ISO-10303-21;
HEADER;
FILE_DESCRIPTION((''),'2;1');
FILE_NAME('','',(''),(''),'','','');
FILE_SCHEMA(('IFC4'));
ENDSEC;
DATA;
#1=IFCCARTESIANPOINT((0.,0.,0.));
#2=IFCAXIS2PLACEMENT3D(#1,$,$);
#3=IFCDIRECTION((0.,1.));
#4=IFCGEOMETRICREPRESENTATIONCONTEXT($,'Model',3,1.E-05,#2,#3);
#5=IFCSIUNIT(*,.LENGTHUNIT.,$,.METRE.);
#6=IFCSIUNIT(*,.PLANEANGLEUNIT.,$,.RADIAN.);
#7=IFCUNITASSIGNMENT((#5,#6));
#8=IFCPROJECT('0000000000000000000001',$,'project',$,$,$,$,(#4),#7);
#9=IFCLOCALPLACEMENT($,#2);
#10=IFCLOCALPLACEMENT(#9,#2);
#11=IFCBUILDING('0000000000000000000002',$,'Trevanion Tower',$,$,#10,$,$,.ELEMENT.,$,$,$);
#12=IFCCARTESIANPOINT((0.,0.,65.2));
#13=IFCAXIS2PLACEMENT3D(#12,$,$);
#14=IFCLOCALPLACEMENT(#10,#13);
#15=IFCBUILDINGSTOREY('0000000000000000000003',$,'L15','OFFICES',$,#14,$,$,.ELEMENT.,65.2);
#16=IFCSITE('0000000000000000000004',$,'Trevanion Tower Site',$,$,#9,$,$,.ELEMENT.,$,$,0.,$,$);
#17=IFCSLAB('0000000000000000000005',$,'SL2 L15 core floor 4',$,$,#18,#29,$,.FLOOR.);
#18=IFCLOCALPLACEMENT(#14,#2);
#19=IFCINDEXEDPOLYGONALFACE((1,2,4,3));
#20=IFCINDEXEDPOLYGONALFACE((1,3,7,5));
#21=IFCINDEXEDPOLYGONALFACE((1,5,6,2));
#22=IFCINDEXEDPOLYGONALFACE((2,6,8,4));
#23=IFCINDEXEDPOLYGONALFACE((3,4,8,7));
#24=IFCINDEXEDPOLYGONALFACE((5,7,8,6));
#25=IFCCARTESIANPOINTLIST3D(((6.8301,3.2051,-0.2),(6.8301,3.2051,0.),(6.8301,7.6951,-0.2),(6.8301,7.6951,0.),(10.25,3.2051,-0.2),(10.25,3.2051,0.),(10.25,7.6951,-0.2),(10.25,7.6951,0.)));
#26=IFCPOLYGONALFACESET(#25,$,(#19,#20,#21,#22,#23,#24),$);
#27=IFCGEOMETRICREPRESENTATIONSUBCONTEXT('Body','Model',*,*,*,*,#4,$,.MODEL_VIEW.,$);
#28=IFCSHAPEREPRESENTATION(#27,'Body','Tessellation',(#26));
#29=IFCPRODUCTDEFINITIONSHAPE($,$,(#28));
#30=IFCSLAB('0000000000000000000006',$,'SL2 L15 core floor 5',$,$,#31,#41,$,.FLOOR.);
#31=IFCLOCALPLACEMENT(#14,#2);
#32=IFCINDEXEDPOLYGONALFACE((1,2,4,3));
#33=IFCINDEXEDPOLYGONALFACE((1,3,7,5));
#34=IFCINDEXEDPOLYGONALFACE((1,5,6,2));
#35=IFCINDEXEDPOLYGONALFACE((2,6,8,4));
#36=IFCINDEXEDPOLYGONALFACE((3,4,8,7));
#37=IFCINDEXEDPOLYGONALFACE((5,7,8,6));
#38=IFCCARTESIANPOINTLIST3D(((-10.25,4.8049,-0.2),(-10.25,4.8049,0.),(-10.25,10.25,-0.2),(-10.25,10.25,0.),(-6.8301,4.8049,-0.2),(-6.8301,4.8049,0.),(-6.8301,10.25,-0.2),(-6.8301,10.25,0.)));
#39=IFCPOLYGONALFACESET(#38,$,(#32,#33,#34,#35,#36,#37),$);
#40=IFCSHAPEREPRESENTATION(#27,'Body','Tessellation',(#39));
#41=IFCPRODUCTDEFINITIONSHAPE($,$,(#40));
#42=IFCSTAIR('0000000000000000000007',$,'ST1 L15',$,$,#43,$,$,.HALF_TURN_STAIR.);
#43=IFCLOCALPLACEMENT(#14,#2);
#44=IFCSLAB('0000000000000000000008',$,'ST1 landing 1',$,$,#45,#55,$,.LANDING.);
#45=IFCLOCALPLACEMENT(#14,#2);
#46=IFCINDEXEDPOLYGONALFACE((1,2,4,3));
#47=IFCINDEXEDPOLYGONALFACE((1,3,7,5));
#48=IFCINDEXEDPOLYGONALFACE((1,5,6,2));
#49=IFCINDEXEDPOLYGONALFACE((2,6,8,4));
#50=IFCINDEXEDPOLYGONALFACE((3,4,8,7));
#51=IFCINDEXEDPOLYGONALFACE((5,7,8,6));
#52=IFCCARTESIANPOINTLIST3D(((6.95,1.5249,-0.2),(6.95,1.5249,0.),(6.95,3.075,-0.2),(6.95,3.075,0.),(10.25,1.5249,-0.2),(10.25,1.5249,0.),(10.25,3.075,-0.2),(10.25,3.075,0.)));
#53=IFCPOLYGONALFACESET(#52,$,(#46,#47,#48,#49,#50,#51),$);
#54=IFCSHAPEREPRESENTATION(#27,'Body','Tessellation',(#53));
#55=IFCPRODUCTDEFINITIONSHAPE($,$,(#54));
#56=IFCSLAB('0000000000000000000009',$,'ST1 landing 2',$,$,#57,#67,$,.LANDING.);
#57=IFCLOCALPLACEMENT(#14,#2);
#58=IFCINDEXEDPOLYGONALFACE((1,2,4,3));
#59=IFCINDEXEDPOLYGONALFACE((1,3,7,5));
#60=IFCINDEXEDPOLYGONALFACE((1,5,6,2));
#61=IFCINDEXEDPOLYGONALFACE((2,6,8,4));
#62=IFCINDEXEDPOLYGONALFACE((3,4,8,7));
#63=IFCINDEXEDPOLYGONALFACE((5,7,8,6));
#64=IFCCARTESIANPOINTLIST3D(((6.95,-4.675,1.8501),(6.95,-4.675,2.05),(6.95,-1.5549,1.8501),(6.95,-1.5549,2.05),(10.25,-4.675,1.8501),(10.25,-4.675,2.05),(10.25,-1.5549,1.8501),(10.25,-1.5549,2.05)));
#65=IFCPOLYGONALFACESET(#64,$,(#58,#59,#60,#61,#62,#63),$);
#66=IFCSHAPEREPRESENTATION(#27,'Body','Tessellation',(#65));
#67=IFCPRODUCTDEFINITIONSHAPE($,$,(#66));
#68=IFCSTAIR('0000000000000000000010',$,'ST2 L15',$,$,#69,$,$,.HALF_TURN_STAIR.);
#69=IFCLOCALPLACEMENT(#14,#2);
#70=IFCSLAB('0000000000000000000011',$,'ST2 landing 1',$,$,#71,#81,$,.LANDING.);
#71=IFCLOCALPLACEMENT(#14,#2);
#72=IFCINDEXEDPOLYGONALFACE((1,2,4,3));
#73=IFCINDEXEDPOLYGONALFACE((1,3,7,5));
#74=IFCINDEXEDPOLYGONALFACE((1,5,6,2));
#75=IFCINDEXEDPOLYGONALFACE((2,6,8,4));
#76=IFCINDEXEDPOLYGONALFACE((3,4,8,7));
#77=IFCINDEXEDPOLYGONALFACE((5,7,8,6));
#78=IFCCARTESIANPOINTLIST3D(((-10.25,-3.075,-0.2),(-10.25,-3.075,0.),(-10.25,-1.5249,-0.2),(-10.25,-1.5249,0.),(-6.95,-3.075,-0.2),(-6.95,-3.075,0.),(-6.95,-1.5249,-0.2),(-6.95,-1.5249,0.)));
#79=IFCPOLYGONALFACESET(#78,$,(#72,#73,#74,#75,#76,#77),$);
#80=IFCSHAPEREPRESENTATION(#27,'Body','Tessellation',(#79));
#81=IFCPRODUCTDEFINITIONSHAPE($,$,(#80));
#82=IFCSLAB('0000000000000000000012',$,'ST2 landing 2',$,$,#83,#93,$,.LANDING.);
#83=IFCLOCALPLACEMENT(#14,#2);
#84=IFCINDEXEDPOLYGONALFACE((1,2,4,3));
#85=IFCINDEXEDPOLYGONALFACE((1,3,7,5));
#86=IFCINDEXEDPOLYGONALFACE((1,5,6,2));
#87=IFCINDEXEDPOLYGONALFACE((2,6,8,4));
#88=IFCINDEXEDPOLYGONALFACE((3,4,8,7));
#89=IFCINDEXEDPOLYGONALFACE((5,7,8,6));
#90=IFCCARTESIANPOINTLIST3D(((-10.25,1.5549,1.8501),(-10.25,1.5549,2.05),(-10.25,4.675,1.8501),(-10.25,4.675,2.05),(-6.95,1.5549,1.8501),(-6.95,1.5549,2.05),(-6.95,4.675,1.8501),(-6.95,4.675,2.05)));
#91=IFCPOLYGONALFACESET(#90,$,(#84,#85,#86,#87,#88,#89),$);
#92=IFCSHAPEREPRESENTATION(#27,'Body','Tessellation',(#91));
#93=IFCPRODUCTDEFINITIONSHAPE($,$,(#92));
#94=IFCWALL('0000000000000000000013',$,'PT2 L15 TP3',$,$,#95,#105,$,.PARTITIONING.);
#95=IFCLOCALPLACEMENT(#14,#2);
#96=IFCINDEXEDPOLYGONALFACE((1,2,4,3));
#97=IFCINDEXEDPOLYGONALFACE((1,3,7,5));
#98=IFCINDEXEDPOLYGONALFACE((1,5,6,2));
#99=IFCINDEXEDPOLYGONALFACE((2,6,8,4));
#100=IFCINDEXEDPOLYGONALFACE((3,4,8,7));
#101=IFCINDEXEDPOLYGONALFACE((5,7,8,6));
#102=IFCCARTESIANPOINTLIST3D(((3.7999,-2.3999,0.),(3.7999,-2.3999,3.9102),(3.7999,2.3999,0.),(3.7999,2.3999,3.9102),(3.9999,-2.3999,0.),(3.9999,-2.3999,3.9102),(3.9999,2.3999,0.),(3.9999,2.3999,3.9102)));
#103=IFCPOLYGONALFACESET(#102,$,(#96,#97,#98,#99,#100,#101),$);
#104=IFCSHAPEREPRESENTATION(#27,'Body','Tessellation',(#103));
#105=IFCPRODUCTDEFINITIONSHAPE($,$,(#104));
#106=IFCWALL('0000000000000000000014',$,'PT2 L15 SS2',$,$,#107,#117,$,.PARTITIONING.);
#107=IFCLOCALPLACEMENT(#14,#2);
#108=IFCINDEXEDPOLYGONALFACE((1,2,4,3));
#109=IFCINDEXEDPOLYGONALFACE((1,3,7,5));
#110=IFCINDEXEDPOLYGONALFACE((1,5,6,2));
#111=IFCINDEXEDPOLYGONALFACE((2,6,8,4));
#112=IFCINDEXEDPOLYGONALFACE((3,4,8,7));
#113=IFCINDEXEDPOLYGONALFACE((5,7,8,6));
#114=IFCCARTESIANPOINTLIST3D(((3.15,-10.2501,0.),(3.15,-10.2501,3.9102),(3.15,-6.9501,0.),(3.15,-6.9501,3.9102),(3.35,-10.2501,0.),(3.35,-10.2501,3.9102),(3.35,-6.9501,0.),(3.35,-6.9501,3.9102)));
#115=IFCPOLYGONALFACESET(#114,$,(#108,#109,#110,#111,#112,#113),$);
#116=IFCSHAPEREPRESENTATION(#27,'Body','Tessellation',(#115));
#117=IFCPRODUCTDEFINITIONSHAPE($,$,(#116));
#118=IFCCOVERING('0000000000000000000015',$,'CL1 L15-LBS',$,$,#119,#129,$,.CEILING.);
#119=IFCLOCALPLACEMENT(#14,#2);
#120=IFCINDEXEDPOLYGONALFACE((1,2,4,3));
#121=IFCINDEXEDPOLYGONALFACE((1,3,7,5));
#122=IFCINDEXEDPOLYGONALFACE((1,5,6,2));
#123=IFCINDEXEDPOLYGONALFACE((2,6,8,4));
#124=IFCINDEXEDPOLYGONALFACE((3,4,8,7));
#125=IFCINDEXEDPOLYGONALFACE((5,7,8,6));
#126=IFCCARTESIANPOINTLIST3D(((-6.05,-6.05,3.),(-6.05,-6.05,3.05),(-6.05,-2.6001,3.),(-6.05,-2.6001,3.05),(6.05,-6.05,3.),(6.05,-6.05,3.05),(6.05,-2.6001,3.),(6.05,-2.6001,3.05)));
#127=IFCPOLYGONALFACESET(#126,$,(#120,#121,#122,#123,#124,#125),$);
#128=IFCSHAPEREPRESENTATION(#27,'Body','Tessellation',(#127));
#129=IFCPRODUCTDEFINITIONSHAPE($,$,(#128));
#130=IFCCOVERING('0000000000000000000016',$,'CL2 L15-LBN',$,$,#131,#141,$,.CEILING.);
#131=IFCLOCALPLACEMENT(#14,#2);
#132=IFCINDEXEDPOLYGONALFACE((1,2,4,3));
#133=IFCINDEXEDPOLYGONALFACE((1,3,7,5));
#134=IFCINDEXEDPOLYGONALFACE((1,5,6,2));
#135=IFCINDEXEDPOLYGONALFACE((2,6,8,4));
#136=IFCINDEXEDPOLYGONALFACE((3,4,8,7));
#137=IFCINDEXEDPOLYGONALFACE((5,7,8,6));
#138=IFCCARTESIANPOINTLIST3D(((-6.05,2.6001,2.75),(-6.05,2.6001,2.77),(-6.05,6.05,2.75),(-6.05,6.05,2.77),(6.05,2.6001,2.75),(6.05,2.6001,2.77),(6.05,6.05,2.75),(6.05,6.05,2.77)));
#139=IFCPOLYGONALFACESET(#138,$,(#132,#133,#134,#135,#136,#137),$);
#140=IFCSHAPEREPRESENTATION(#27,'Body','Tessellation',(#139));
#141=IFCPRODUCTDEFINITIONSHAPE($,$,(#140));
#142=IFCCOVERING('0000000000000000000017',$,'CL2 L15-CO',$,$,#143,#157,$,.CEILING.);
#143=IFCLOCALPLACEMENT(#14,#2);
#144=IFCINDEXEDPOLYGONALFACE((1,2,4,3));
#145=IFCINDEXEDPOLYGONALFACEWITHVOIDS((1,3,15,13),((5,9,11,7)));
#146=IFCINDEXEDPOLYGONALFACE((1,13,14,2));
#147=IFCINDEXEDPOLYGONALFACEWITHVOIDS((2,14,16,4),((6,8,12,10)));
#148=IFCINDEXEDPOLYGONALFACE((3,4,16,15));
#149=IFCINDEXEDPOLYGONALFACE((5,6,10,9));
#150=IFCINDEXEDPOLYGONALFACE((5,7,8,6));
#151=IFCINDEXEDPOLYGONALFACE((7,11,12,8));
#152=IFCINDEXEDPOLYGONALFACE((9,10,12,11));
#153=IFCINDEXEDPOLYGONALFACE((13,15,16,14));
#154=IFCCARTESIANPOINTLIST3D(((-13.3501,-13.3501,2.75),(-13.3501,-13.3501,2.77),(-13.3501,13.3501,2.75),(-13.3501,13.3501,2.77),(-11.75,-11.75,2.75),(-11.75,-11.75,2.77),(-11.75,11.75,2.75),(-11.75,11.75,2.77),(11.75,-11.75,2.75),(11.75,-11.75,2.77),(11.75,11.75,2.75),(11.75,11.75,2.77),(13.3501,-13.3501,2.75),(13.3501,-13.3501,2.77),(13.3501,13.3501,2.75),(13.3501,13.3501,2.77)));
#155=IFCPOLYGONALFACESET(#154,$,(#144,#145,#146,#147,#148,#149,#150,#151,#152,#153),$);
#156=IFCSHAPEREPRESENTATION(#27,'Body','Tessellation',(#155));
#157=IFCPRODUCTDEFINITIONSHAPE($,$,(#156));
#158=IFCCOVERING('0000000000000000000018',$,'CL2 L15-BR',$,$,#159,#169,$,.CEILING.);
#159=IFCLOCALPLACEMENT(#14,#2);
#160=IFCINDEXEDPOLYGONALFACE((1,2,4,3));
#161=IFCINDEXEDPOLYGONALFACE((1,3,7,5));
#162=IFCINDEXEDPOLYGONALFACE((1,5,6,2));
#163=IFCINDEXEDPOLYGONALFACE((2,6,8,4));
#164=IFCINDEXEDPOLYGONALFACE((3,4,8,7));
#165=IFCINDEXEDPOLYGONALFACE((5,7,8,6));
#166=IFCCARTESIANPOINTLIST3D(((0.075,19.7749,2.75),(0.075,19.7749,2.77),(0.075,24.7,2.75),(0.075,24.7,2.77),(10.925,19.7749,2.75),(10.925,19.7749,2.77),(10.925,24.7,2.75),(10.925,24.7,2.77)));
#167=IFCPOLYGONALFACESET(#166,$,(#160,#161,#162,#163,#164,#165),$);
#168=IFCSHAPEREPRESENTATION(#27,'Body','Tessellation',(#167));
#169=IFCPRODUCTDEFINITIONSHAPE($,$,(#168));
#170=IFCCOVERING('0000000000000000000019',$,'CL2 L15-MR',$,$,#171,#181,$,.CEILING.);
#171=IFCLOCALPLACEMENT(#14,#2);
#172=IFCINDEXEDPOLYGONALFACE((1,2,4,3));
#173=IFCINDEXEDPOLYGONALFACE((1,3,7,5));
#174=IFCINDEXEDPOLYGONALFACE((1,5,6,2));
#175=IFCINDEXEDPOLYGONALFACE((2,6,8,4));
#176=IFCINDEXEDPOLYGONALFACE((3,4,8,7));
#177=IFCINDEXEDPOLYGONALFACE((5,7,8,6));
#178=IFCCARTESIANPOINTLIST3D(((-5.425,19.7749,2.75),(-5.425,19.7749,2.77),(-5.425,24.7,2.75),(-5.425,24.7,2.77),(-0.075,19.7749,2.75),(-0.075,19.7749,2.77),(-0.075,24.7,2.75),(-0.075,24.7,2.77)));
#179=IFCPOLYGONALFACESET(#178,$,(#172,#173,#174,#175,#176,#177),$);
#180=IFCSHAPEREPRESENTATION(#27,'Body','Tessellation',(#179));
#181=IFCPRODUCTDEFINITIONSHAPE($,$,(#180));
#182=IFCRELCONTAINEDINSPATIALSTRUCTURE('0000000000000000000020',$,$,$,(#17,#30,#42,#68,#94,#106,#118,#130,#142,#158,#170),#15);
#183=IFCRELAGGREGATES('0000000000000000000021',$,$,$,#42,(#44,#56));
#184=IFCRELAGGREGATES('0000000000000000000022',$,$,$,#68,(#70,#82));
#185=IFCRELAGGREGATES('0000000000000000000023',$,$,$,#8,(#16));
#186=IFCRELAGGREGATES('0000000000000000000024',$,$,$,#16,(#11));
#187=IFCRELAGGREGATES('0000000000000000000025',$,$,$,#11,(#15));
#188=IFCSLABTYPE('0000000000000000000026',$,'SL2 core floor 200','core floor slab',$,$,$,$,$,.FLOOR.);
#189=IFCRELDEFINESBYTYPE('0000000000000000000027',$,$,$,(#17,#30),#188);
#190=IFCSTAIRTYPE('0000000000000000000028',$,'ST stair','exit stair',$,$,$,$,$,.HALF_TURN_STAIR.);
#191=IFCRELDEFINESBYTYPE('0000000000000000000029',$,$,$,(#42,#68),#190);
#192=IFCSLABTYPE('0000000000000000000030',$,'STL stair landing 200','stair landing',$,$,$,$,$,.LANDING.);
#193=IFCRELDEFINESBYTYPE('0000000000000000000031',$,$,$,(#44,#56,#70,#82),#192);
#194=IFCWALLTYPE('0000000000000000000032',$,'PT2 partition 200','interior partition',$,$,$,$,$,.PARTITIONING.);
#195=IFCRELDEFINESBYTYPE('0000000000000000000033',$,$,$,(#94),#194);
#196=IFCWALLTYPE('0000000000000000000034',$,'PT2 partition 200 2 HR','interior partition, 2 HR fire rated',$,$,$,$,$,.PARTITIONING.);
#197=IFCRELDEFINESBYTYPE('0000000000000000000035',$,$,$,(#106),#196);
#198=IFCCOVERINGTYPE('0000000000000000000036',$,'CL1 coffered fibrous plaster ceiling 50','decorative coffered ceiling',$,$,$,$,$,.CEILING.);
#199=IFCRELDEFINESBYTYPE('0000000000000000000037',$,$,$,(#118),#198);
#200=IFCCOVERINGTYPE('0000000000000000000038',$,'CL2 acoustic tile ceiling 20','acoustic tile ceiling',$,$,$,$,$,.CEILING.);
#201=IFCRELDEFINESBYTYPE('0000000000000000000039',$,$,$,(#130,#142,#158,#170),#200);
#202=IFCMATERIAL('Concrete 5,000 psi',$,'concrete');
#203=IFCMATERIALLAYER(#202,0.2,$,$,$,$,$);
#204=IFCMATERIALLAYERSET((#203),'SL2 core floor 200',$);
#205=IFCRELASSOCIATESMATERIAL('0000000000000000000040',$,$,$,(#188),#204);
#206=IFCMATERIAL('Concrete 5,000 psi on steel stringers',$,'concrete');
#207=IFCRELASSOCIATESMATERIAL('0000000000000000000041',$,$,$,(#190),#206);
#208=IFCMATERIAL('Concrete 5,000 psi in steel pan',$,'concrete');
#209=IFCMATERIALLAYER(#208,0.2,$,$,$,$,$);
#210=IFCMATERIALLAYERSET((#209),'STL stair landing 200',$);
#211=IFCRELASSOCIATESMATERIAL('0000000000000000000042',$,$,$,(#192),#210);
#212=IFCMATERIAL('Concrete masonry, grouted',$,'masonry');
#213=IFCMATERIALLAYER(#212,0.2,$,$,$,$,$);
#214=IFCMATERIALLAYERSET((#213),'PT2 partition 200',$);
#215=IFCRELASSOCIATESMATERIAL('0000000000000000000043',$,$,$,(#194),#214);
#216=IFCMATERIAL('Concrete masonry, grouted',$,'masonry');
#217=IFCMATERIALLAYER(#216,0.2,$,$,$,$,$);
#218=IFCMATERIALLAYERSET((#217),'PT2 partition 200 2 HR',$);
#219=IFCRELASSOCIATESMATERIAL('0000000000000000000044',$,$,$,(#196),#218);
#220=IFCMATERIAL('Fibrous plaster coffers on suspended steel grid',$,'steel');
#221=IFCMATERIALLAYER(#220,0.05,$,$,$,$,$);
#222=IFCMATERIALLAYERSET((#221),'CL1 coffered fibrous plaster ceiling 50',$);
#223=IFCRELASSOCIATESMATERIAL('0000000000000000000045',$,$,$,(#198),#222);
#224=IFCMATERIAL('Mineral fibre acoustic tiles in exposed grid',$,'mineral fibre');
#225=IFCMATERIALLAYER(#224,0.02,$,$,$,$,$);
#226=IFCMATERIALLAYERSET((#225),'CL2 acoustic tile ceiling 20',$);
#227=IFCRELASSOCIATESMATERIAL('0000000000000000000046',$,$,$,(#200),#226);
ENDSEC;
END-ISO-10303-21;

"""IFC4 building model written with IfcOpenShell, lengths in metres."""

from ifc_helpers import new_model, si_unit, direction, frame, frame_2d, origin, place, context, subcontext, project, spatial, polyline, rectangle, outline, extrude, material, layer, layer_set, type_object, element, aggregate, save


model = new_model("IFC4")

# Units and contexts
model_context = context("Model", 3, precision=1e-05, world=origin(), true_north=direction((0.0, 1.0)))
body_context = subcontext(model_context, "Body", "Model", "MODEL_VIEW")
ifc_project = project(units=[si_unit("LENGTHUNIT", "METRE"), si_unit("PLANEANGLEUNIT", "RADIAN")], contexts=[model_context])

# Site, building, storey
site_placement = place(None, origin())
site = spatial("IfcSite", under=ifc_project, at=site_placement, Name="Trevanion Tower Site", CompositionType="ELEMENT", RefElevation=0.0)
building_placement = place(site_placement, origin())
building = spatial("IfcBuilding", under=site, at=building_placement, Name="Trevanion Tower", CompositionType="ELEMENT")
storey_placement = place(building_placement, frame((0.0, 0.0, 65.2)))
storey = spatial("IfcBuildingStorey", under=building, at=storey_placement, Name="L15", Description="OFFICES", CompositionType="ELEMENT", Elevation=65.2)

# Slabs
ifc_material_1 = material(Name="Concrete 5,000 psi", Category="concrete")
ifc_layer_1 = layer(ifc_material_1, 0.2)
ifc_layer_set_1 = layer_set([ifc_layer_1], Name="SL2 core floor 200")
slab_type_1 = type_object("IfcSlabType", Name="SL2 core floor 200", Description="core floor slab", PredefinedType="FLOOR", material=ifc_layer_set_1)
slab_1_placement = place(storey_placement, frame((0.0, 0.0, -0.2)))
element("IfcSlab", 1, at=slab_1_placement, inside=storey, type_object=slab_type_1, Name="SL2 L15 core floor 4", PredefinedType="FLOOR", context=body_context, shape_type="SweptSolid", body=[
    extrude(outline(polyline([(6.8301, 3.2051), (6.8301, 7.6951), (10.25, 7.6951), (10.25, 3.2051), (6.8301, 3.2051)])), origin(), (0.0, 0.0, 1.0), 0.2),
])
slab_2_placement = place(storey_placement, frame((0.0, 0.0, -0.2)))
element("IfcSlab", 2, at=slab_2_placement, inside=storey, type_object=slab_type_1, Name="SL2 L15 core floor 5", PredefinedType="FLOOR", context=body_context, shape_type="SweptSolid", body=[
    extrude(outline(polyline([(-6.8301, 4.8049), (-10.25, 4.8049), (-10.25, 10.25), (-6.8301, 10.25), (-6.8301, 4.8049)])), origin(), (0.0, 0.0, 1.0), 0.2),
])

# Stairs, slabs
ifc_material_2 = material(Name="Concrete 5,000 psi on steel stringers", Category="concrete")
stair_type = type_object("IfcStairType", Name="ST stair", Description="exit stair", PredefinedType="HALF_TURN_STAIR", material=ifc_material_2)
stair_1_placement = place(storey_placement, origin())
stair_1 = element("IfcStair", 3, at=stair_1_placement, inside=storey, type_object=stair_type, Name="ST1 L15", PredefinedType="HALF_TURN_STAIR")
ifc_material_3 = material(Name="Concrete 5,000 psi in steel pan", Category="concrete")
ifc_layer_2 = layer(ifc_material_3, 0.2)
ifc_layer_set_2 = layer_set([ifc_layer_2], Name="STL stair landing 200")
slab_type_2 = type_object("IfcSlabType", Name="STL stair landing 200", Description="stair landing", PredefinedType="LANDING", material=ifc_layer_set_2)
slab_3_placement = place(storey_placement, frame((0.0, 0.0, -0.2)))
slab_3 = element("IfcSlab", 4, at=slab_3_placement, type_object=slab_type_2, Name="ST1 landing 1", PredefinedType="LANDING", context=body_context, shape_type="SweptSolid", body=[
    extrude(outline(polyline([(6.95, 1.5249), (10.25, 1.5249), (10.25, 3.075), (6.95, 3.075), (6.95, 1.5249)])), origin(), (0.0, 0.0, 1.0), 0.2),
])
slab_4_placement = place(storey_placement, frame((0.0, 0.0, 1.8501)))
slab_4 = element("IfcSlab", 5, at=slab_4_placement, type_object=slab_type_2, Name="ST1 landing 2", PredefinedType="LANDING", context=body_context, shape_type="SweptSolid", body=[
    extrude(outline(polyline([(6.95, -4.675), (10.25, -4.675), (10.25, -1.5549), (6.95, -1.5549), (6.95, -4.675)])), origin(), (0.0, 0.0, 1.0), 0.2),
])
aggregate(stair_1, [slab_3, slab_4])
stair_2_placement = place(storey_placement, origin())
stair_2 = element("IfcStair", 6, at=stair_2_placement, inside=storey, type_object=stair_type, Name="ST2 L15", PredefinedType="HALF_TURN_STAIR")
slab_5_placement = place(storey_placement, frame((0.0, 0.0, -0.2)))
slab_5 = element("IfcSlab", 7, at=slab_5_placement, type_object=slab_type_2, Name="ST2 landing 1", PredefinedType="LANDING", context=body_context, shape_type="SweptSolid", body=[
    extrude(outline(polyline([(-6.95, -1.5249), (-10.25, -1.5249), (-10.25, -3.075), (-6.95, -3.075), (-6.95, -1.5249)])), origin(), (0.0, 0.0, 1.0), 0.2),
])
slab_6_placement = place(storey_placement, frame((0.0, 0.0, 1.8501)))
slab_6 = element("IfcSlab", 8, at=slab_6_placement, type_object=slab_type_2, Name="ST2 landing 2", PredefinedType="LANDING", context=body_context, shape_type="SweptSolid", body=[
    extrude(outline(polyline([(-6.95, 4.675), (-10.25, 4.675), (-10.25, 1.5549), (-6.95, 1.5549), (-6.95, 4.675)])), origin(), (0.0, 0.0, 1.0), 0.2),
])
aggregate(stair_2, [slab_5, slab_6])

# Walls
ifc_material_4 = material(Name="Concrete masonry, grouted", Category="masonry")
ifc_layer_3 = layer(ifc_material_4, 0.2)
ifc_layer_set_3 = layer_set([ifc_layer_3], Name="PT2 partition 200")
wall_type_1 = type_object("IfcWallType", Name="PT2 partition 200", Description="interior partition", PredefinedType="PARTITIONING", material=ifc_layer_set_3)
wall_1_placement = place(storey_placement, frame((3.8999, -2.3999, 0.0), z_axis=(0.0, 0.0, 1.0), x_axis=(0.0, 1.0, 0.0)))
element("IfcWall", 9, at=wall_1_placement, inside=storey, type_object=wall_type_1, Name="PT2 L15 TP3", PredefinedType="PARTITIONING", context=body_context, shape_type="SweptSolid", body=[
    extrude(rectangle(XDim=4.7998, YDim=0.2, at=frame_2d((2.3999, 0.0))), origin(), (0.0, 0.0, 1.0), 3.9102),
])
ifc_material_5 = material(Name="Concrete masonry, grouted", Category="masonry")
ifc_layer_4 = layer(ifc_material_5, 0.2)
ifc_layer_set_4 = layer_set([ifc_layer_4], Name="PT2 partition 200 2 HR")
wall_type_2 = type_object("IfcWallType", Name="PT2 partition 200 2 HR", Description="interior partition, 2 HR fire rated", PredefinedType="PARTITIONING", material=ifc_layer_set_4)
wall_2_placement = place(storey_placement, frame((3.25, -10.25, 0.0), z_axis=(0.0, 0.0, 1.0), x_axis=(0.0, 1.0, 0.0)))
element("IfcWall", 10, at=wall_2_placement, inside=storey, type_object=wall_type_2, Name="PT2 L15 SS2", PredefinedType="PARTITIONING", context=body_context, shape_type="SweptSolid", body=[
    extrude(rectangle(XDim=3.3, YDim=0.2, at=frame_2d((1.6499, 0.0))), origin(), (0.0, 0.0, 1.0), 3.9102),
])

# Coverings
ifc_material_6 = material(Name="Fibrous plaster coffers on suspended steel grid", Category="steel")
ifc_layer_5 = layer(ifc_material_6, 0.05)
ifc_layer_set_5 = layer_set([ifc_layer_5], Name="CL1 coffered fibrous plaster ceiling 50")
covering_type_1 = type_object("IfcCoveringType", Name="CL1 coffered fibrous plaster ceiling 50", Description="decorative coffered ceiling", PredefinedType="CEILING", material=ifc_layer_set_5)
covering_1_placement = place(storey_placement, frame((0.0, 0.0, 3.0)))
element("IfcCovering", 11, at=covering_1_placement, inside=storey, type_object=covering_type_1, Name="CL1 L15-LBS", PredefinedType="CEILING", context=body_context, shape_type="SweptSolid", body=[
    extrude(outline(polyline([(6.05, -6.05), (6.05, -2.6001), (-6.05, -2.6001), (-6.05, -6.05), (6.05, -6.05)])), origin(), (0.0, 0.0, 1.0), 0.05),
])
ifc_material_7 = material(Name="Mineral fibre acoustic tiles in exposed grid", Category="mineral fibre")
ifc_layer_6 = layer(ifc_material_7, 0.02)
ifc_layer_set_6 = layer_set([ifc_layer_6], Name="CL2 acoustic tile ceiling 20")
covering_type_2 = type_object("IfcCoveringType", Name="CL2 acoustic tile ceiling 20", Description="acoustic tile ceiling", PredefinedType="CEILING", material=ifc_layer_set_6)
covering_2_placement = place(storey_placement, frame((0.0, 0.0, 2.75)))
element("IfcCovering", 12, at=covering_2_placement, inside=storey, type_object=covering_type_2, Name="CL2 L15-LBN", PredefinedType="CEILING", context=body_context, shape_type="SweptSolid", body=[
    extrude(outline(polyline([(6.05, 2.6001), (6.05, 6.05), (-6.05, 6.05), (-6.05, 2.6001), (6.05, 2.6001)])), origin(), (0.0, 0.0, 1.0), 0.02),
])
covering_3_placement = place(storey_placement, frame((0.0, 0.0, 2.75)))
element("IfcCovering", 13, at=covering_3_placement, inside=storey, type_object=covering_type_2, Name="CL2 L15-CO", PredefinedType="CEILING", context=body_context, shape_type="SweptSolid", body=[
    extrude(outline(polyline([(-13.3501, 13.3501), (13.3501, 13.3501), (13.3501, -13.3501), (-13.3501, -13.3501), (-13.3501, 13.3501)]), holes=[polyline([(-11.75, 11.75), (-11.75, -11.75), (11.75, -11.75), (11.75, 11.75), (-11.75, 11.75)])]), origin(), (0.0, 0.0, 1.0), 0.02),
])
covering_4_placement = place(storey_placement, frame((0.0, 0.0, 2.75)))
element("IfcCovering", 14, at=covering_4_placement, inside=storey, type_object=covering_type_2, Name="CL2 L15-BR", PredefinedType="CEILING", context=body_context, shape_type="SweptSolid", body=[
    extrude(outline(polyline([(10.925, 19.7749), (0.075, 19.7749), (0.075, 24.7), (10.925, 24.7), (10.925, 19.7749)])), origin(), (0.0, 0.0, 1.0), 0.02),
])
covering_5_placement = place(storey_placement, frame((0.0, 0.0, 2.75)))
element("IfcCovering", 15, at=covering_5_placement, inside=storey, type_object=covering_type_2, Name="CL2 L15-MR", PredefinedType="CEILING", context=body_context, shape_type="SweptSolid", body=[
    extrude(outline(polyline([(-0.075, 19.7749), (-5.425, 19.7749), (-5.425, 24.7), (-0.075, 24.7), (-0.075, 19.7749)])), origin(), (0.0, 0.0, 1.0), 0.02),
])

save(model, "model.ifc")
